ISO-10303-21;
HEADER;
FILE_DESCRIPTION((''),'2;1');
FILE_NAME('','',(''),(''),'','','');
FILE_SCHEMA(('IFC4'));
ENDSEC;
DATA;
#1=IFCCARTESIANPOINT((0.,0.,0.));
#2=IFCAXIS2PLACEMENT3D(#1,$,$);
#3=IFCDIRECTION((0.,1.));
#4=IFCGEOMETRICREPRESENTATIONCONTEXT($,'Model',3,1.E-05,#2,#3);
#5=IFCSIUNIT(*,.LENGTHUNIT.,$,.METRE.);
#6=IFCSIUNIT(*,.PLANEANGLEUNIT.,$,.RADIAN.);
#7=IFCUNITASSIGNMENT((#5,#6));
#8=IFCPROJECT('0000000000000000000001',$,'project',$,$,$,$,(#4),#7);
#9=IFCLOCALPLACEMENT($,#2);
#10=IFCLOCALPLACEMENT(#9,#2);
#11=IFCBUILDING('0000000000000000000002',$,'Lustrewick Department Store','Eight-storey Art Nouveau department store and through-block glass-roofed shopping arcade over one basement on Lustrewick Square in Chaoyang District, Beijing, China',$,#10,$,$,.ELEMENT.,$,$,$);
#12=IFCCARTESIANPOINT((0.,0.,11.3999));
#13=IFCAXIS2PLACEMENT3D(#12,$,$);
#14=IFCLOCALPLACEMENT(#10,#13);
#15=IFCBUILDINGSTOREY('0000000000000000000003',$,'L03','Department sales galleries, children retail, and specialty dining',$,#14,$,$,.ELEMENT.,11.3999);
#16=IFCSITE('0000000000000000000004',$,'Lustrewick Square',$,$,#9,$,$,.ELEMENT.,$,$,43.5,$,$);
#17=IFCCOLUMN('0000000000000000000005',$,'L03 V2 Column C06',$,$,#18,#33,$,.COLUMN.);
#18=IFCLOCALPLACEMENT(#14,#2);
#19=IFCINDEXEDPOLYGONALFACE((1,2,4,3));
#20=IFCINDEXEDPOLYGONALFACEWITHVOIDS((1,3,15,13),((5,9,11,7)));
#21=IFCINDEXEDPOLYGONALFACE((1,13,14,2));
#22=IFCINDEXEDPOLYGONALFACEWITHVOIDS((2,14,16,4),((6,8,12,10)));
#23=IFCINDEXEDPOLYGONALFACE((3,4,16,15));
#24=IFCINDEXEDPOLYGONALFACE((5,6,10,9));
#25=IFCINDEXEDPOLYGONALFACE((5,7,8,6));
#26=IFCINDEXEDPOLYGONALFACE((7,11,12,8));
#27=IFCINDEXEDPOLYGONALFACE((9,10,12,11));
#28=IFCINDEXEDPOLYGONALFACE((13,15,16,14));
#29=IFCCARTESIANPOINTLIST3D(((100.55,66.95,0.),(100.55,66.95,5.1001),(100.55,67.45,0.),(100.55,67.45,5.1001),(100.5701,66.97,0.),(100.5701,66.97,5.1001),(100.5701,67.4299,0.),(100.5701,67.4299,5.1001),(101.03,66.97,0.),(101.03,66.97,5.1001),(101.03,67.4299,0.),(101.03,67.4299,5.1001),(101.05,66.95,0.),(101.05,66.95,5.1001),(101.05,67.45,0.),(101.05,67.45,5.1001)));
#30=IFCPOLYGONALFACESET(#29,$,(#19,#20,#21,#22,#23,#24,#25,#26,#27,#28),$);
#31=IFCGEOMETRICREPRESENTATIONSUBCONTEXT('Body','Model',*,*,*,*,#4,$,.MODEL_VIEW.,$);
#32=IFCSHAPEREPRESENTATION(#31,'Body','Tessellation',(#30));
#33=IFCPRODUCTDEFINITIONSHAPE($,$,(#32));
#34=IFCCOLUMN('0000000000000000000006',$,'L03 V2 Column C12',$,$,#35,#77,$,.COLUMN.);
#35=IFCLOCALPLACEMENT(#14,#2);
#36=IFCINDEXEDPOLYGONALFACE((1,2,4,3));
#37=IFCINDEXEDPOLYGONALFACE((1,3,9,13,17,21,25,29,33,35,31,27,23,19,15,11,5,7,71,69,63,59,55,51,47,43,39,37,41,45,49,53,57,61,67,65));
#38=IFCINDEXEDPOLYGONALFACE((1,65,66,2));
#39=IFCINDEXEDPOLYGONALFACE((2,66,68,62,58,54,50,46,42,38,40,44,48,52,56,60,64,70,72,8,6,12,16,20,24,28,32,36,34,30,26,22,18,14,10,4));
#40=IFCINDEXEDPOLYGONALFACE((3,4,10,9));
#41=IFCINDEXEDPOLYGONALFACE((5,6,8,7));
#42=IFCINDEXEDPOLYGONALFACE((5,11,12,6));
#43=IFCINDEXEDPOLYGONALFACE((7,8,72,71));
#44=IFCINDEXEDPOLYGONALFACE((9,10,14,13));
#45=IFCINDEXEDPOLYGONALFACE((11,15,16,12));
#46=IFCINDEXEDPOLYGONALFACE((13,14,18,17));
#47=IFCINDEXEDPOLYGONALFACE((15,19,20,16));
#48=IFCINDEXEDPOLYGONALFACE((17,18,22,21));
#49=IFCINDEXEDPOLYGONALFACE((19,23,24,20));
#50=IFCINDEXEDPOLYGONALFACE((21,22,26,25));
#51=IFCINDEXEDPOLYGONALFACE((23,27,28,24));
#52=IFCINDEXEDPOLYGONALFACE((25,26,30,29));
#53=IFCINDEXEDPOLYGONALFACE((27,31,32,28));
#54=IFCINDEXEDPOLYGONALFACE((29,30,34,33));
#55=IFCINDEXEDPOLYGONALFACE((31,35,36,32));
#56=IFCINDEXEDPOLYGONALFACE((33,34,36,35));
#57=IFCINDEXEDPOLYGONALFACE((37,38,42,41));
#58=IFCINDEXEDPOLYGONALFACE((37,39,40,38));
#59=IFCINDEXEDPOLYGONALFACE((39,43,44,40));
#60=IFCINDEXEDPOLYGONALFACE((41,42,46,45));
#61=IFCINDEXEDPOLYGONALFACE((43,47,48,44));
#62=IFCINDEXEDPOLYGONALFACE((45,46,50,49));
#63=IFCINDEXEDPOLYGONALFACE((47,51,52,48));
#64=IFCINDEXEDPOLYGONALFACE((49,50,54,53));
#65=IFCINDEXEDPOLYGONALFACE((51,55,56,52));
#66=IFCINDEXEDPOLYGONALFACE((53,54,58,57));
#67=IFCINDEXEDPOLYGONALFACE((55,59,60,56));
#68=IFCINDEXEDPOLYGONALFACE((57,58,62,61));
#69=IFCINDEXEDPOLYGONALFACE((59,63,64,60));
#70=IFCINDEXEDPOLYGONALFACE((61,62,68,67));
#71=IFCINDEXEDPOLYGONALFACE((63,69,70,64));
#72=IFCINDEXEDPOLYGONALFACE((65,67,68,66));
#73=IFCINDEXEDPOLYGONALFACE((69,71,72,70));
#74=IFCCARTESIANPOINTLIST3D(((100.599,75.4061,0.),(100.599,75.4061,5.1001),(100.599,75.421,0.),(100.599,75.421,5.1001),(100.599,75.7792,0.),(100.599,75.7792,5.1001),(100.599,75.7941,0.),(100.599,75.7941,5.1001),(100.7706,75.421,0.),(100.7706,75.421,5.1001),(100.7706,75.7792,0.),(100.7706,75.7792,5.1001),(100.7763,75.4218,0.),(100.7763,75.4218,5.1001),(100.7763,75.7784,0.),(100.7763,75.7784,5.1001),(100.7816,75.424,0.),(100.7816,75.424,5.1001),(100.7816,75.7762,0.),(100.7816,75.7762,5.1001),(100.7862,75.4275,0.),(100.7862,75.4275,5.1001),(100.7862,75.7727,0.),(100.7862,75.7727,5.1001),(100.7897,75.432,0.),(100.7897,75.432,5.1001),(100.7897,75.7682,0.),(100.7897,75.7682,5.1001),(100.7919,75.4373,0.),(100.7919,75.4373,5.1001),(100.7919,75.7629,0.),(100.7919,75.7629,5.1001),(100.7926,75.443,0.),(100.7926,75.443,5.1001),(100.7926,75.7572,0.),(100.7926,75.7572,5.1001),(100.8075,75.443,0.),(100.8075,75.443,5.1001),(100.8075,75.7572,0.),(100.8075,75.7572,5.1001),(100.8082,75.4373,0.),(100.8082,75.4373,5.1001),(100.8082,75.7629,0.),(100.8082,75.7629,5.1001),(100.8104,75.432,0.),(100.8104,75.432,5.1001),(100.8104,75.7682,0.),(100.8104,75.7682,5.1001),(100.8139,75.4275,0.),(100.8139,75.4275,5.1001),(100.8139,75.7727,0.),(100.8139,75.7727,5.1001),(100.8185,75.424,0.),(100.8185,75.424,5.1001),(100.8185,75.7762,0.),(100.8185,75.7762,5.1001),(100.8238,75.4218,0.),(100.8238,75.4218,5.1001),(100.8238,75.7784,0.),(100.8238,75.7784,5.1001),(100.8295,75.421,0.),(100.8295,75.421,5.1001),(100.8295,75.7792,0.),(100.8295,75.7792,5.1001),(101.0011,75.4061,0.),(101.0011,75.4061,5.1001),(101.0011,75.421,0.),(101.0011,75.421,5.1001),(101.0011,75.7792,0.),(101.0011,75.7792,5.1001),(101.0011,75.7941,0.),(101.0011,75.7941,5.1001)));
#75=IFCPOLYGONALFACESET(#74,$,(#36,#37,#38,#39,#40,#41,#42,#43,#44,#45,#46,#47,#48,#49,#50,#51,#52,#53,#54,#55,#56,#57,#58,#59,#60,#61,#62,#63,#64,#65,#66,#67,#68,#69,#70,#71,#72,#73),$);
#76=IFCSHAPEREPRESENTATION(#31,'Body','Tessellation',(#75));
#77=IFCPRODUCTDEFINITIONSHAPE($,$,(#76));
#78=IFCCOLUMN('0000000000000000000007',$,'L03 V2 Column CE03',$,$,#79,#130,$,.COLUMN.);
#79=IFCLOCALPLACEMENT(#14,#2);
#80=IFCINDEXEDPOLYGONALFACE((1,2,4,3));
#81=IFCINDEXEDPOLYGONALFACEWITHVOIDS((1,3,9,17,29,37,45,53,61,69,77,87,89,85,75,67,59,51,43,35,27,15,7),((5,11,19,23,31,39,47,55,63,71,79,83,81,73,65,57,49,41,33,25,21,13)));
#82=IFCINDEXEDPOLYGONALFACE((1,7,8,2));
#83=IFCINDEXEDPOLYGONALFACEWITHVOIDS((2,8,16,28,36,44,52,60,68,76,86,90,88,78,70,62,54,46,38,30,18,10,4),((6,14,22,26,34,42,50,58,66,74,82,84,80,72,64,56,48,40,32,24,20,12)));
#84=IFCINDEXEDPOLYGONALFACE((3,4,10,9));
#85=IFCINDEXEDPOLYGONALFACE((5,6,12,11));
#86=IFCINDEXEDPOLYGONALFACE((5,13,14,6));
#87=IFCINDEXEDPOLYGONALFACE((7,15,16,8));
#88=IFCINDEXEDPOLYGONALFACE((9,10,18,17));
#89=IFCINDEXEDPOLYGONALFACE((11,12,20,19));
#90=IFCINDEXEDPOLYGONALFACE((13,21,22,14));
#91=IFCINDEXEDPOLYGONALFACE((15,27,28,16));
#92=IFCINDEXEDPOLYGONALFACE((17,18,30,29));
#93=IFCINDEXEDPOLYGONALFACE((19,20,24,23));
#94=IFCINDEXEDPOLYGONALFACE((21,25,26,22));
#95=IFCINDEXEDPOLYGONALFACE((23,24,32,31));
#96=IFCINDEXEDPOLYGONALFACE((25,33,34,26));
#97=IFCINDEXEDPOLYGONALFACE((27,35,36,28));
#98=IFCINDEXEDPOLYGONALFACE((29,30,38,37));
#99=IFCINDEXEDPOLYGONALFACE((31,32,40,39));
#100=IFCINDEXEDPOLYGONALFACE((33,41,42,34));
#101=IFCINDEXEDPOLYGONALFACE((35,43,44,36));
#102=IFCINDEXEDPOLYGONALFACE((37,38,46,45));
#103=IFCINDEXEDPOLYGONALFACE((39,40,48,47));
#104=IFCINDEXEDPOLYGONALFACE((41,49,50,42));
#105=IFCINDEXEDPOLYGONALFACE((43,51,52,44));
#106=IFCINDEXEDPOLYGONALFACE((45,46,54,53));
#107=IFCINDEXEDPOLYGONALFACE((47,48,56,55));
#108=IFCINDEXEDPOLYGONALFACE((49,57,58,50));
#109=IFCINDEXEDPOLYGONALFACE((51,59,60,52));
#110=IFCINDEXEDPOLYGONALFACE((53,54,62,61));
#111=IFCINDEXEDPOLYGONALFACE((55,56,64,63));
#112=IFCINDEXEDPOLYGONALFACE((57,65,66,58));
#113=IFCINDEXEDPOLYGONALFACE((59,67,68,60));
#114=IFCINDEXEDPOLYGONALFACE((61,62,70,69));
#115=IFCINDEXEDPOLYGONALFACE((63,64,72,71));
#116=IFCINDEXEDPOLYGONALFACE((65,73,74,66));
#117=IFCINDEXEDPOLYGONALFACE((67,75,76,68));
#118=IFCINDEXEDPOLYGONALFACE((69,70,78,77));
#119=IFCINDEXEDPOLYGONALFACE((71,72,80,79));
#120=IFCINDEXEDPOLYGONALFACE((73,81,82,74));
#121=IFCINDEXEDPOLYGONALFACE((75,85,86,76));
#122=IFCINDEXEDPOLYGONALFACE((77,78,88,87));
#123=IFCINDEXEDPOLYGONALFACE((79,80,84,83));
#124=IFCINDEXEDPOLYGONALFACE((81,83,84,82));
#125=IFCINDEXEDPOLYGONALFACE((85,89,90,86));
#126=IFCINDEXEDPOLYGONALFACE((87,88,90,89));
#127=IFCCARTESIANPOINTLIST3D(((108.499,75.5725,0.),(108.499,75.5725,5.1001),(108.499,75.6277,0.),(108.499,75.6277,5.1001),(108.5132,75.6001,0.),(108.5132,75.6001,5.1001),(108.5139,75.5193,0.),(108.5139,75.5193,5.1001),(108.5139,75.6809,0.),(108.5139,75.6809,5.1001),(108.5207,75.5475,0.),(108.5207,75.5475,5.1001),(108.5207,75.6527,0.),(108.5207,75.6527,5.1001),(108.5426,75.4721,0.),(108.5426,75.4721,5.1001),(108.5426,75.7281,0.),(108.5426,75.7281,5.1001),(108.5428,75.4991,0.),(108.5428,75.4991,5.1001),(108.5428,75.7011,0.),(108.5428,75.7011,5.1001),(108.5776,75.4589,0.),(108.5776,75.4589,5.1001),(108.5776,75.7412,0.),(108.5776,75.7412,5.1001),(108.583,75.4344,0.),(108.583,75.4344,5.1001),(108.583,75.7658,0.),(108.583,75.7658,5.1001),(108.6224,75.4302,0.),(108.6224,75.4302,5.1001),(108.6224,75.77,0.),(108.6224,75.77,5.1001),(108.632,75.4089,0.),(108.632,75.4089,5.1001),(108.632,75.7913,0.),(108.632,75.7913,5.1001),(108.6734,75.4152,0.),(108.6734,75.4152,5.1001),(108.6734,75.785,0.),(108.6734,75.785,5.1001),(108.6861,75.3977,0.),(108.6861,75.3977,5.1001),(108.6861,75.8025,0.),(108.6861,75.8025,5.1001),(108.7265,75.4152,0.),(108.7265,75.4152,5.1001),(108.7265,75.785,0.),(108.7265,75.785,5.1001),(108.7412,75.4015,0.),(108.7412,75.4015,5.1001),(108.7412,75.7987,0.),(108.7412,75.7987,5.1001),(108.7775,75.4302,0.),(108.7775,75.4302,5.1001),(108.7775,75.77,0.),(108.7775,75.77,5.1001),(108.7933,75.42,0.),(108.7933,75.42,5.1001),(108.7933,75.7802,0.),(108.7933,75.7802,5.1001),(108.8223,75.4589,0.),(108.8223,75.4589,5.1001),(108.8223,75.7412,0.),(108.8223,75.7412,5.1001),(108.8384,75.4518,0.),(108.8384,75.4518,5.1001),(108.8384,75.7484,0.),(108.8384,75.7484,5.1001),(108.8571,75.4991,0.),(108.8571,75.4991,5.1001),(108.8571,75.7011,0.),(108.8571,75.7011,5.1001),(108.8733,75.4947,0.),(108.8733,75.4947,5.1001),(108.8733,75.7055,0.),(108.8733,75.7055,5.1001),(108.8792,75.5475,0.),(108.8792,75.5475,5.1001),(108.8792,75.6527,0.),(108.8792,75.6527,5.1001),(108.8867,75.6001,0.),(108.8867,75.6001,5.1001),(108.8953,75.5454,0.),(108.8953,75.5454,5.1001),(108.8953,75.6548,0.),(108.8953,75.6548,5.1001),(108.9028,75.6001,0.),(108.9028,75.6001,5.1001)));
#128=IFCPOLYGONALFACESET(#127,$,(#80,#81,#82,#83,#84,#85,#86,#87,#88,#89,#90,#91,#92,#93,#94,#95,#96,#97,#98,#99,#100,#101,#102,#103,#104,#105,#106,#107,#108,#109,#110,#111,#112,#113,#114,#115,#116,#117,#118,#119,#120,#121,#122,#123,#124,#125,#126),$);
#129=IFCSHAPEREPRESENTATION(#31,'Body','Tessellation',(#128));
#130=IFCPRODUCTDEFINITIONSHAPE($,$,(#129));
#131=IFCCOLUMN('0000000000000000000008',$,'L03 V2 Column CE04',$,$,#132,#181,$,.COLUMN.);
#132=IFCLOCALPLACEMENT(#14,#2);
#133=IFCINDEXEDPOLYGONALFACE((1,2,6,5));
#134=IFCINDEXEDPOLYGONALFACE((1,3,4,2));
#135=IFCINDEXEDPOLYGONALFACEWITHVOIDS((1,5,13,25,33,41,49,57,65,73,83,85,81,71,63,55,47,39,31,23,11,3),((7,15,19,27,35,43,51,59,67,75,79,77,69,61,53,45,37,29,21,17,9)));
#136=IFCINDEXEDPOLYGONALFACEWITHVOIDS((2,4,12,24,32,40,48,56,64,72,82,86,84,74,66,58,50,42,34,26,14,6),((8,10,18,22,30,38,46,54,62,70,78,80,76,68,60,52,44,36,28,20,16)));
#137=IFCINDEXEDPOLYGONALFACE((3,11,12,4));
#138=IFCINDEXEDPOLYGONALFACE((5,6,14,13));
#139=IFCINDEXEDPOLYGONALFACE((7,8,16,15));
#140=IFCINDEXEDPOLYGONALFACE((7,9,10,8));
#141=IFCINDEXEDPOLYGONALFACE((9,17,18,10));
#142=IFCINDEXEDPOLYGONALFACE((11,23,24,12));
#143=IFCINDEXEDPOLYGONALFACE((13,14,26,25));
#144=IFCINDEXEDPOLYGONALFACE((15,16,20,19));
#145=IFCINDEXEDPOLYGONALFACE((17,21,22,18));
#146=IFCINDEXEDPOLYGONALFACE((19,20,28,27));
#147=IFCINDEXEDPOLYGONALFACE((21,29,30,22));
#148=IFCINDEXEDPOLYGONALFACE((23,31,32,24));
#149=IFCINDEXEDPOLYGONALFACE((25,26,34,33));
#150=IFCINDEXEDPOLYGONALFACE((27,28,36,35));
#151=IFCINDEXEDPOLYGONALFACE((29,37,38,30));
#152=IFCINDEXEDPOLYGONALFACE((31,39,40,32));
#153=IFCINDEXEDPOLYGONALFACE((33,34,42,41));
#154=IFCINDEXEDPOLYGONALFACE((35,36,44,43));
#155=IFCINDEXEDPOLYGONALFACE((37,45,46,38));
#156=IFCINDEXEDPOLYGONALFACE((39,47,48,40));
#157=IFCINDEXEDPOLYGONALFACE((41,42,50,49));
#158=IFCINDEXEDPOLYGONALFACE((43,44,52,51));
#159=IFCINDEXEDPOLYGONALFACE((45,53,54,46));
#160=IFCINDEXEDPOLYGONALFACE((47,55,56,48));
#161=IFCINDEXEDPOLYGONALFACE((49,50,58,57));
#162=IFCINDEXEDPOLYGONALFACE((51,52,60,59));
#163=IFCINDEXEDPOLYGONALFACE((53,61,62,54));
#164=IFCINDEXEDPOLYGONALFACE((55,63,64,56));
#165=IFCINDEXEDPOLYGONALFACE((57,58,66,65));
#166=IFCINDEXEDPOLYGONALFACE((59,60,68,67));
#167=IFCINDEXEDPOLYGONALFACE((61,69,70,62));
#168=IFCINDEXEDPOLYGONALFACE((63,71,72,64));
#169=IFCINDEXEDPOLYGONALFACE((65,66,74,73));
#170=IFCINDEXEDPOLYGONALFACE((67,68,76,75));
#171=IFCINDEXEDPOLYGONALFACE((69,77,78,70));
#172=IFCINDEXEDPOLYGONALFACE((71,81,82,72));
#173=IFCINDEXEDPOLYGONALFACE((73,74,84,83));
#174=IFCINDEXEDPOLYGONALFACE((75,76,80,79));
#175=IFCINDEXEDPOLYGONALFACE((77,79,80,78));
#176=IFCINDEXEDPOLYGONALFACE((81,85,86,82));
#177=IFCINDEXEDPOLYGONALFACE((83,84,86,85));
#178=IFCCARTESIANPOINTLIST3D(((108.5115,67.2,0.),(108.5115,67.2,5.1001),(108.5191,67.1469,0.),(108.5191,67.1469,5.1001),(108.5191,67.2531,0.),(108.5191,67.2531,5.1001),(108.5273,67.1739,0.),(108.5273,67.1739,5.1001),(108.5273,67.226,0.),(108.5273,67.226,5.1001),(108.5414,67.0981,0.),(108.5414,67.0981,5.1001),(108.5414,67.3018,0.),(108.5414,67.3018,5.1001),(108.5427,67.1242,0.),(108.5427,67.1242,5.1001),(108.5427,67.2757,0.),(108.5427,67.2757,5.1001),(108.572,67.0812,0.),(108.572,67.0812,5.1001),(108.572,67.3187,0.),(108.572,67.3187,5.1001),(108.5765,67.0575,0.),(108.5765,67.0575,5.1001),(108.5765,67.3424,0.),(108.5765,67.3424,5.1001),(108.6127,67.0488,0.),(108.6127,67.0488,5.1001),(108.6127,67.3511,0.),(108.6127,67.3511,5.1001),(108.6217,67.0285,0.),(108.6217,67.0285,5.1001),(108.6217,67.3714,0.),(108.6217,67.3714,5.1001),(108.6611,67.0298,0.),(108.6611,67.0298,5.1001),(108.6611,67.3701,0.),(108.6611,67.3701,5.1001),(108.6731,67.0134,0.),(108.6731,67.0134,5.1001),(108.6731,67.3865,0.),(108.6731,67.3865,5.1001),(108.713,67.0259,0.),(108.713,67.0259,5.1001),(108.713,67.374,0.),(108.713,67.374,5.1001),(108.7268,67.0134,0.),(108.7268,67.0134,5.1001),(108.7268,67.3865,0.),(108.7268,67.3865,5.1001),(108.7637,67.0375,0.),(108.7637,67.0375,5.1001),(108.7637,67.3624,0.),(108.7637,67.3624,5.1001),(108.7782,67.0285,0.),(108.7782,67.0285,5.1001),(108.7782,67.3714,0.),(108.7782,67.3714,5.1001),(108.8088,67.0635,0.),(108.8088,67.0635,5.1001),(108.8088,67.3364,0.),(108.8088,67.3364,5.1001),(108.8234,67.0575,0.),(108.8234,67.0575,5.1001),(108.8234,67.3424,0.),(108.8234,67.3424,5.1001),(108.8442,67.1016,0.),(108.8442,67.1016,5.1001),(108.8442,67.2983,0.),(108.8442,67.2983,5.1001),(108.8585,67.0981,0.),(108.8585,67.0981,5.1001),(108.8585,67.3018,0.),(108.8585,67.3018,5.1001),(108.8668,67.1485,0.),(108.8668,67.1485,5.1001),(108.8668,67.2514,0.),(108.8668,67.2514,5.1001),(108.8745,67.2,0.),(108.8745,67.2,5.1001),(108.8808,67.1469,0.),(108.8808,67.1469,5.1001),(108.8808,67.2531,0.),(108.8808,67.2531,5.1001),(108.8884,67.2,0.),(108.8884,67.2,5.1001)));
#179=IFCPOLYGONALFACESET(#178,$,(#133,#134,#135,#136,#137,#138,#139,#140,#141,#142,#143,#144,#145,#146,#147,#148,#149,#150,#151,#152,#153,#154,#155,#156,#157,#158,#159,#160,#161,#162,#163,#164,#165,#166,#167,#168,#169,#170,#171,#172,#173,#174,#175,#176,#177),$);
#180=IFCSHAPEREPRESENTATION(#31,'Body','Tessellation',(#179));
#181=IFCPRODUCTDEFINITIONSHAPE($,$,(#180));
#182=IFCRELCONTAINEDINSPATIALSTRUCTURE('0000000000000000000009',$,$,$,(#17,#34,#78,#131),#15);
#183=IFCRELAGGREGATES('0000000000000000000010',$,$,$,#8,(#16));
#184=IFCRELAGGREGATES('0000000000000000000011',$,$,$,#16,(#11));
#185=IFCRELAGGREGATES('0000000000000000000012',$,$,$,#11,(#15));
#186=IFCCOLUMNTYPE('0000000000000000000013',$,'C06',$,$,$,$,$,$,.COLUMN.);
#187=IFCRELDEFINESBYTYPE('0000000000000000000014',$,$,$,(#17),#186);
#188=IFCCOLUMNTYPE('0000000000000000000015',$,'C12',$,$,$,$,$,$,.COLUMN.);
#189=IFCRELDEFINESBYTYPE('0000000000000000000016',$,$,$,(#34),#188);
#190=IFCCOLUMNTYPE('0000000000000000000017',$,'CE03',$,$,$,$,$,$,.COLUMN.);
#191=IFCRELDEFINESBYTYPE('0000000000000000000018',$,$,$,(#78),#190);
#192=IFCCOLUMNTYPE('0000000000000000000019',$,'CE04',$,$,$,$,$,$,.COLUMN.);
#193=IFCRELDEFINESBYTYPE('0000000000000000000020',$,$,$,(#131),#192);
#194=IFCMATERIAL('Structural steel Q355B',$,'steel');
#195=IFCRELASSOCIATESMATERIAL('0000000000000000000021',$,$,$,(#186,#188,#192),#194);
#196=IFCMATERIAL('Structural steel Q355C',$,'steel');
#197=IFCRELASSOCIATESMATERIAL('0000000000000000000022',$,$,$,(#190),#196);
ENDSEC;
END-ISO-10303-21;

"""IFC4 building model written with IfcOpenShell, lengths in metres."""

from ifc_helpers import new_model, si_unit, direction, frame, origin, origin_2d, place, context, subcontext, project, spatial, hollow_rectangle, hollow_circle, i_section, extrude, material, material_profile, profile_set, type_object, element, save


model = new_model("IFC4")

# Units and contexts
model_context = context("Model", 3, precision=1e-05, world=origin(), true_north=direction((0.0, 1.0)))
body_context = subcontext(model_context, "Body", "Model", "MODEL_VIEW")
ifc_project = project(units=[si_unit("LENGTHUNIT", "METRE"), si_unit("PLANEANGLEUNIT", "RADIAN")], contexts=[model_context])

# Site, building, storey
site_placement = place(None, origin())
site = spatial("IfcSite", under=ifc_project, at=site_placement, Name="Lustrewick Square", CompositionType="ELEMENT", RefElevation=43.5)
building_placement = place(site_placement, origin())
building = spatial("IfcBuilding", under=site, at=building_placement, Name="Lustrewick Department Store", Description="Eight-storey Art Nouveau department store and through-block glass-roofed shopping arcade over one basement on Lustrewick Square in Chaoyang District, Beijing, China", CompositionType="ELEMENT")
storey_placement = place(building_placement, frame((0.0, 0.0, 11.3999)))
storey = spatial("IfcBuildingStorey", under=building, at=storey_placement, Name="L03", Description="Department sales galleries, children retail, and specialty dining", CompositionType="ELEMENT", Elevation=11.3999)

# Columns
ifc_material_1 = material(Name="Structural steel Q355B", Category="steel")
ifc_material_profile_1 = material_profile(ifc_material_1, hollow_rectangle(XDim=0.5, YDim=0.5, WallThickness=0.02, at=origin_2d()), Name="BOX 500x500x20")
ifc_profile_set_1 = profile_set([ifc_material_profile_1], Name="Structural steel Q355B")
column_type_1 = type_object("IfcColumnType", Name="C06", PredefinedType="COLUMN", material=ifc_profile_set_1)
column_1_placement = place(storey_placement, frame((100.8, 67.2, 0.0), z_axis=(0.0, 0.0, 1.0), x_axis=(1.0, 0.0, 0.0)))
element("IfcColumn", 1, at=column_1_placement, inside=storey, type_object=column_type_1, Name="L03 V2 Column C06", PredefinedType="COLUMN", context=body_context, shape_type="SweptSolid", body=[
    extrude(hollow_rectangle(XDim=0.5, YDim=0.5, WallThickness=0.02, at=origin_2d()), origin(), (0.0, 0.0, 1.0), 5.1001),
])
ifc_material_profile_2 = material_profile(ifc_material_1, i_section(OverallWidth=0.4021, OverallDepth=0.3879, WebThickness=0.0149, FlangeThickness=0.0149, FilletRadius=0.022, at=origin_2d()), Name="HW 388x402x15x15")
ifc_profile_set_2 = profile_set([ifc_material_profile_2], Name="Structural steel Q355B")
column_type_2 = type_object("IfcColumnType", Name="C12", PredefinedType="COLUMN", material=ifc_profile_set_2)
column_2_placement = place(storey_placement, frame((100.8, 75.6001, 0.0), z_axis=(0.0, 0.0, 1.0), x_axis=(1.0, 0.0, 0.0)))
element("IfcColumn", 2, at=column_2_placement, inside=storey, type_object=column_type_2, Name="L03 V2 Column C12", PredefinedType="COLUMN", context=body_context, shape_type="SweptSolid", body=[
    extrude(i_section(OverallWidth=0.4021, OverallDepth=0.3879, WebThickness=0.0149, FlangeThickness=0.0149, FilletRadius=0.022, at=origin_2d()), origin(), (0.0, 0.0, 1.0), 5.1001),
])
ifc_material_2 = material(Name="Structural steel Q355C", Category="steel")
ifc_material_profile_3 = material_profile(ifc_material_2, hollow_circle(Radius=0.2029, WallThickness=0.0161, at=origin_2d()), Name="CHS 406x16")
ifc_profile_set_3 = profile_set([ifc_material_profile_3], Name="Structural steel Q355C")
column_type_3 = type_object("IfcColumnType", Name="CE03", PredefinedType="COLUMN", material=ifc_profile_set_3)
column_3_placement = place(storey_placement, frame((108.7, 75.6001, 0.0), z_axis=(0.0, 0.0, 1.0), x_axis=(1.0, 0.0, 0.0)))
element("IfcColumn", 3, at=column_3_placement, inside=storey, type_object=column_type_3, Name="L03 V2 Column CE03", PredefinedType="COLUMN", context=body_context, shape_type="SweptSolid", body=[
    extrude(hollow_circle(Radius=0.2029, WallThickness=0.0161, at=origin_2d()), origin(), (0.0, 0.0, 1.0), 5.1001),
])
ifc_material_profile_4 = material_profile(ifc_material_1, hollow_circle(Radius=0.1885, WallThickness=0.0139, at=origin_2d()), Name="CHS 377x14")
ifc_profile_set_4 = profile_set([ifc_material_profile_4], Name="Structural steel Q355B")
column_type_4 = type_object("IfcColumnType", Name="CE04", PredefinedType="COLUMN", material=ifc_profile_set_4)
column_4_placement = place(storey_placement, frame((108.7, 67.2, 0.0), z_axis=(0.0, 0.0, 1.0), x_axis=(1.0, 0.0, 0.0)))
element("IfcColumn", 4, at=column_4_placement, inside=storey, type_object=column_type_4, Name="L03 V2 Column CE04", PredefinedType="COLUMN", context=body_context, shape_type="SweptSolid", body=[
    extrude(hollow_circle(Radius=0.1885, WallThickness=0.0139, at=origin_2d()), origin(), (0.0, 0.0, 1.0), 5.1001),
])

save(model, "model.ifc")
